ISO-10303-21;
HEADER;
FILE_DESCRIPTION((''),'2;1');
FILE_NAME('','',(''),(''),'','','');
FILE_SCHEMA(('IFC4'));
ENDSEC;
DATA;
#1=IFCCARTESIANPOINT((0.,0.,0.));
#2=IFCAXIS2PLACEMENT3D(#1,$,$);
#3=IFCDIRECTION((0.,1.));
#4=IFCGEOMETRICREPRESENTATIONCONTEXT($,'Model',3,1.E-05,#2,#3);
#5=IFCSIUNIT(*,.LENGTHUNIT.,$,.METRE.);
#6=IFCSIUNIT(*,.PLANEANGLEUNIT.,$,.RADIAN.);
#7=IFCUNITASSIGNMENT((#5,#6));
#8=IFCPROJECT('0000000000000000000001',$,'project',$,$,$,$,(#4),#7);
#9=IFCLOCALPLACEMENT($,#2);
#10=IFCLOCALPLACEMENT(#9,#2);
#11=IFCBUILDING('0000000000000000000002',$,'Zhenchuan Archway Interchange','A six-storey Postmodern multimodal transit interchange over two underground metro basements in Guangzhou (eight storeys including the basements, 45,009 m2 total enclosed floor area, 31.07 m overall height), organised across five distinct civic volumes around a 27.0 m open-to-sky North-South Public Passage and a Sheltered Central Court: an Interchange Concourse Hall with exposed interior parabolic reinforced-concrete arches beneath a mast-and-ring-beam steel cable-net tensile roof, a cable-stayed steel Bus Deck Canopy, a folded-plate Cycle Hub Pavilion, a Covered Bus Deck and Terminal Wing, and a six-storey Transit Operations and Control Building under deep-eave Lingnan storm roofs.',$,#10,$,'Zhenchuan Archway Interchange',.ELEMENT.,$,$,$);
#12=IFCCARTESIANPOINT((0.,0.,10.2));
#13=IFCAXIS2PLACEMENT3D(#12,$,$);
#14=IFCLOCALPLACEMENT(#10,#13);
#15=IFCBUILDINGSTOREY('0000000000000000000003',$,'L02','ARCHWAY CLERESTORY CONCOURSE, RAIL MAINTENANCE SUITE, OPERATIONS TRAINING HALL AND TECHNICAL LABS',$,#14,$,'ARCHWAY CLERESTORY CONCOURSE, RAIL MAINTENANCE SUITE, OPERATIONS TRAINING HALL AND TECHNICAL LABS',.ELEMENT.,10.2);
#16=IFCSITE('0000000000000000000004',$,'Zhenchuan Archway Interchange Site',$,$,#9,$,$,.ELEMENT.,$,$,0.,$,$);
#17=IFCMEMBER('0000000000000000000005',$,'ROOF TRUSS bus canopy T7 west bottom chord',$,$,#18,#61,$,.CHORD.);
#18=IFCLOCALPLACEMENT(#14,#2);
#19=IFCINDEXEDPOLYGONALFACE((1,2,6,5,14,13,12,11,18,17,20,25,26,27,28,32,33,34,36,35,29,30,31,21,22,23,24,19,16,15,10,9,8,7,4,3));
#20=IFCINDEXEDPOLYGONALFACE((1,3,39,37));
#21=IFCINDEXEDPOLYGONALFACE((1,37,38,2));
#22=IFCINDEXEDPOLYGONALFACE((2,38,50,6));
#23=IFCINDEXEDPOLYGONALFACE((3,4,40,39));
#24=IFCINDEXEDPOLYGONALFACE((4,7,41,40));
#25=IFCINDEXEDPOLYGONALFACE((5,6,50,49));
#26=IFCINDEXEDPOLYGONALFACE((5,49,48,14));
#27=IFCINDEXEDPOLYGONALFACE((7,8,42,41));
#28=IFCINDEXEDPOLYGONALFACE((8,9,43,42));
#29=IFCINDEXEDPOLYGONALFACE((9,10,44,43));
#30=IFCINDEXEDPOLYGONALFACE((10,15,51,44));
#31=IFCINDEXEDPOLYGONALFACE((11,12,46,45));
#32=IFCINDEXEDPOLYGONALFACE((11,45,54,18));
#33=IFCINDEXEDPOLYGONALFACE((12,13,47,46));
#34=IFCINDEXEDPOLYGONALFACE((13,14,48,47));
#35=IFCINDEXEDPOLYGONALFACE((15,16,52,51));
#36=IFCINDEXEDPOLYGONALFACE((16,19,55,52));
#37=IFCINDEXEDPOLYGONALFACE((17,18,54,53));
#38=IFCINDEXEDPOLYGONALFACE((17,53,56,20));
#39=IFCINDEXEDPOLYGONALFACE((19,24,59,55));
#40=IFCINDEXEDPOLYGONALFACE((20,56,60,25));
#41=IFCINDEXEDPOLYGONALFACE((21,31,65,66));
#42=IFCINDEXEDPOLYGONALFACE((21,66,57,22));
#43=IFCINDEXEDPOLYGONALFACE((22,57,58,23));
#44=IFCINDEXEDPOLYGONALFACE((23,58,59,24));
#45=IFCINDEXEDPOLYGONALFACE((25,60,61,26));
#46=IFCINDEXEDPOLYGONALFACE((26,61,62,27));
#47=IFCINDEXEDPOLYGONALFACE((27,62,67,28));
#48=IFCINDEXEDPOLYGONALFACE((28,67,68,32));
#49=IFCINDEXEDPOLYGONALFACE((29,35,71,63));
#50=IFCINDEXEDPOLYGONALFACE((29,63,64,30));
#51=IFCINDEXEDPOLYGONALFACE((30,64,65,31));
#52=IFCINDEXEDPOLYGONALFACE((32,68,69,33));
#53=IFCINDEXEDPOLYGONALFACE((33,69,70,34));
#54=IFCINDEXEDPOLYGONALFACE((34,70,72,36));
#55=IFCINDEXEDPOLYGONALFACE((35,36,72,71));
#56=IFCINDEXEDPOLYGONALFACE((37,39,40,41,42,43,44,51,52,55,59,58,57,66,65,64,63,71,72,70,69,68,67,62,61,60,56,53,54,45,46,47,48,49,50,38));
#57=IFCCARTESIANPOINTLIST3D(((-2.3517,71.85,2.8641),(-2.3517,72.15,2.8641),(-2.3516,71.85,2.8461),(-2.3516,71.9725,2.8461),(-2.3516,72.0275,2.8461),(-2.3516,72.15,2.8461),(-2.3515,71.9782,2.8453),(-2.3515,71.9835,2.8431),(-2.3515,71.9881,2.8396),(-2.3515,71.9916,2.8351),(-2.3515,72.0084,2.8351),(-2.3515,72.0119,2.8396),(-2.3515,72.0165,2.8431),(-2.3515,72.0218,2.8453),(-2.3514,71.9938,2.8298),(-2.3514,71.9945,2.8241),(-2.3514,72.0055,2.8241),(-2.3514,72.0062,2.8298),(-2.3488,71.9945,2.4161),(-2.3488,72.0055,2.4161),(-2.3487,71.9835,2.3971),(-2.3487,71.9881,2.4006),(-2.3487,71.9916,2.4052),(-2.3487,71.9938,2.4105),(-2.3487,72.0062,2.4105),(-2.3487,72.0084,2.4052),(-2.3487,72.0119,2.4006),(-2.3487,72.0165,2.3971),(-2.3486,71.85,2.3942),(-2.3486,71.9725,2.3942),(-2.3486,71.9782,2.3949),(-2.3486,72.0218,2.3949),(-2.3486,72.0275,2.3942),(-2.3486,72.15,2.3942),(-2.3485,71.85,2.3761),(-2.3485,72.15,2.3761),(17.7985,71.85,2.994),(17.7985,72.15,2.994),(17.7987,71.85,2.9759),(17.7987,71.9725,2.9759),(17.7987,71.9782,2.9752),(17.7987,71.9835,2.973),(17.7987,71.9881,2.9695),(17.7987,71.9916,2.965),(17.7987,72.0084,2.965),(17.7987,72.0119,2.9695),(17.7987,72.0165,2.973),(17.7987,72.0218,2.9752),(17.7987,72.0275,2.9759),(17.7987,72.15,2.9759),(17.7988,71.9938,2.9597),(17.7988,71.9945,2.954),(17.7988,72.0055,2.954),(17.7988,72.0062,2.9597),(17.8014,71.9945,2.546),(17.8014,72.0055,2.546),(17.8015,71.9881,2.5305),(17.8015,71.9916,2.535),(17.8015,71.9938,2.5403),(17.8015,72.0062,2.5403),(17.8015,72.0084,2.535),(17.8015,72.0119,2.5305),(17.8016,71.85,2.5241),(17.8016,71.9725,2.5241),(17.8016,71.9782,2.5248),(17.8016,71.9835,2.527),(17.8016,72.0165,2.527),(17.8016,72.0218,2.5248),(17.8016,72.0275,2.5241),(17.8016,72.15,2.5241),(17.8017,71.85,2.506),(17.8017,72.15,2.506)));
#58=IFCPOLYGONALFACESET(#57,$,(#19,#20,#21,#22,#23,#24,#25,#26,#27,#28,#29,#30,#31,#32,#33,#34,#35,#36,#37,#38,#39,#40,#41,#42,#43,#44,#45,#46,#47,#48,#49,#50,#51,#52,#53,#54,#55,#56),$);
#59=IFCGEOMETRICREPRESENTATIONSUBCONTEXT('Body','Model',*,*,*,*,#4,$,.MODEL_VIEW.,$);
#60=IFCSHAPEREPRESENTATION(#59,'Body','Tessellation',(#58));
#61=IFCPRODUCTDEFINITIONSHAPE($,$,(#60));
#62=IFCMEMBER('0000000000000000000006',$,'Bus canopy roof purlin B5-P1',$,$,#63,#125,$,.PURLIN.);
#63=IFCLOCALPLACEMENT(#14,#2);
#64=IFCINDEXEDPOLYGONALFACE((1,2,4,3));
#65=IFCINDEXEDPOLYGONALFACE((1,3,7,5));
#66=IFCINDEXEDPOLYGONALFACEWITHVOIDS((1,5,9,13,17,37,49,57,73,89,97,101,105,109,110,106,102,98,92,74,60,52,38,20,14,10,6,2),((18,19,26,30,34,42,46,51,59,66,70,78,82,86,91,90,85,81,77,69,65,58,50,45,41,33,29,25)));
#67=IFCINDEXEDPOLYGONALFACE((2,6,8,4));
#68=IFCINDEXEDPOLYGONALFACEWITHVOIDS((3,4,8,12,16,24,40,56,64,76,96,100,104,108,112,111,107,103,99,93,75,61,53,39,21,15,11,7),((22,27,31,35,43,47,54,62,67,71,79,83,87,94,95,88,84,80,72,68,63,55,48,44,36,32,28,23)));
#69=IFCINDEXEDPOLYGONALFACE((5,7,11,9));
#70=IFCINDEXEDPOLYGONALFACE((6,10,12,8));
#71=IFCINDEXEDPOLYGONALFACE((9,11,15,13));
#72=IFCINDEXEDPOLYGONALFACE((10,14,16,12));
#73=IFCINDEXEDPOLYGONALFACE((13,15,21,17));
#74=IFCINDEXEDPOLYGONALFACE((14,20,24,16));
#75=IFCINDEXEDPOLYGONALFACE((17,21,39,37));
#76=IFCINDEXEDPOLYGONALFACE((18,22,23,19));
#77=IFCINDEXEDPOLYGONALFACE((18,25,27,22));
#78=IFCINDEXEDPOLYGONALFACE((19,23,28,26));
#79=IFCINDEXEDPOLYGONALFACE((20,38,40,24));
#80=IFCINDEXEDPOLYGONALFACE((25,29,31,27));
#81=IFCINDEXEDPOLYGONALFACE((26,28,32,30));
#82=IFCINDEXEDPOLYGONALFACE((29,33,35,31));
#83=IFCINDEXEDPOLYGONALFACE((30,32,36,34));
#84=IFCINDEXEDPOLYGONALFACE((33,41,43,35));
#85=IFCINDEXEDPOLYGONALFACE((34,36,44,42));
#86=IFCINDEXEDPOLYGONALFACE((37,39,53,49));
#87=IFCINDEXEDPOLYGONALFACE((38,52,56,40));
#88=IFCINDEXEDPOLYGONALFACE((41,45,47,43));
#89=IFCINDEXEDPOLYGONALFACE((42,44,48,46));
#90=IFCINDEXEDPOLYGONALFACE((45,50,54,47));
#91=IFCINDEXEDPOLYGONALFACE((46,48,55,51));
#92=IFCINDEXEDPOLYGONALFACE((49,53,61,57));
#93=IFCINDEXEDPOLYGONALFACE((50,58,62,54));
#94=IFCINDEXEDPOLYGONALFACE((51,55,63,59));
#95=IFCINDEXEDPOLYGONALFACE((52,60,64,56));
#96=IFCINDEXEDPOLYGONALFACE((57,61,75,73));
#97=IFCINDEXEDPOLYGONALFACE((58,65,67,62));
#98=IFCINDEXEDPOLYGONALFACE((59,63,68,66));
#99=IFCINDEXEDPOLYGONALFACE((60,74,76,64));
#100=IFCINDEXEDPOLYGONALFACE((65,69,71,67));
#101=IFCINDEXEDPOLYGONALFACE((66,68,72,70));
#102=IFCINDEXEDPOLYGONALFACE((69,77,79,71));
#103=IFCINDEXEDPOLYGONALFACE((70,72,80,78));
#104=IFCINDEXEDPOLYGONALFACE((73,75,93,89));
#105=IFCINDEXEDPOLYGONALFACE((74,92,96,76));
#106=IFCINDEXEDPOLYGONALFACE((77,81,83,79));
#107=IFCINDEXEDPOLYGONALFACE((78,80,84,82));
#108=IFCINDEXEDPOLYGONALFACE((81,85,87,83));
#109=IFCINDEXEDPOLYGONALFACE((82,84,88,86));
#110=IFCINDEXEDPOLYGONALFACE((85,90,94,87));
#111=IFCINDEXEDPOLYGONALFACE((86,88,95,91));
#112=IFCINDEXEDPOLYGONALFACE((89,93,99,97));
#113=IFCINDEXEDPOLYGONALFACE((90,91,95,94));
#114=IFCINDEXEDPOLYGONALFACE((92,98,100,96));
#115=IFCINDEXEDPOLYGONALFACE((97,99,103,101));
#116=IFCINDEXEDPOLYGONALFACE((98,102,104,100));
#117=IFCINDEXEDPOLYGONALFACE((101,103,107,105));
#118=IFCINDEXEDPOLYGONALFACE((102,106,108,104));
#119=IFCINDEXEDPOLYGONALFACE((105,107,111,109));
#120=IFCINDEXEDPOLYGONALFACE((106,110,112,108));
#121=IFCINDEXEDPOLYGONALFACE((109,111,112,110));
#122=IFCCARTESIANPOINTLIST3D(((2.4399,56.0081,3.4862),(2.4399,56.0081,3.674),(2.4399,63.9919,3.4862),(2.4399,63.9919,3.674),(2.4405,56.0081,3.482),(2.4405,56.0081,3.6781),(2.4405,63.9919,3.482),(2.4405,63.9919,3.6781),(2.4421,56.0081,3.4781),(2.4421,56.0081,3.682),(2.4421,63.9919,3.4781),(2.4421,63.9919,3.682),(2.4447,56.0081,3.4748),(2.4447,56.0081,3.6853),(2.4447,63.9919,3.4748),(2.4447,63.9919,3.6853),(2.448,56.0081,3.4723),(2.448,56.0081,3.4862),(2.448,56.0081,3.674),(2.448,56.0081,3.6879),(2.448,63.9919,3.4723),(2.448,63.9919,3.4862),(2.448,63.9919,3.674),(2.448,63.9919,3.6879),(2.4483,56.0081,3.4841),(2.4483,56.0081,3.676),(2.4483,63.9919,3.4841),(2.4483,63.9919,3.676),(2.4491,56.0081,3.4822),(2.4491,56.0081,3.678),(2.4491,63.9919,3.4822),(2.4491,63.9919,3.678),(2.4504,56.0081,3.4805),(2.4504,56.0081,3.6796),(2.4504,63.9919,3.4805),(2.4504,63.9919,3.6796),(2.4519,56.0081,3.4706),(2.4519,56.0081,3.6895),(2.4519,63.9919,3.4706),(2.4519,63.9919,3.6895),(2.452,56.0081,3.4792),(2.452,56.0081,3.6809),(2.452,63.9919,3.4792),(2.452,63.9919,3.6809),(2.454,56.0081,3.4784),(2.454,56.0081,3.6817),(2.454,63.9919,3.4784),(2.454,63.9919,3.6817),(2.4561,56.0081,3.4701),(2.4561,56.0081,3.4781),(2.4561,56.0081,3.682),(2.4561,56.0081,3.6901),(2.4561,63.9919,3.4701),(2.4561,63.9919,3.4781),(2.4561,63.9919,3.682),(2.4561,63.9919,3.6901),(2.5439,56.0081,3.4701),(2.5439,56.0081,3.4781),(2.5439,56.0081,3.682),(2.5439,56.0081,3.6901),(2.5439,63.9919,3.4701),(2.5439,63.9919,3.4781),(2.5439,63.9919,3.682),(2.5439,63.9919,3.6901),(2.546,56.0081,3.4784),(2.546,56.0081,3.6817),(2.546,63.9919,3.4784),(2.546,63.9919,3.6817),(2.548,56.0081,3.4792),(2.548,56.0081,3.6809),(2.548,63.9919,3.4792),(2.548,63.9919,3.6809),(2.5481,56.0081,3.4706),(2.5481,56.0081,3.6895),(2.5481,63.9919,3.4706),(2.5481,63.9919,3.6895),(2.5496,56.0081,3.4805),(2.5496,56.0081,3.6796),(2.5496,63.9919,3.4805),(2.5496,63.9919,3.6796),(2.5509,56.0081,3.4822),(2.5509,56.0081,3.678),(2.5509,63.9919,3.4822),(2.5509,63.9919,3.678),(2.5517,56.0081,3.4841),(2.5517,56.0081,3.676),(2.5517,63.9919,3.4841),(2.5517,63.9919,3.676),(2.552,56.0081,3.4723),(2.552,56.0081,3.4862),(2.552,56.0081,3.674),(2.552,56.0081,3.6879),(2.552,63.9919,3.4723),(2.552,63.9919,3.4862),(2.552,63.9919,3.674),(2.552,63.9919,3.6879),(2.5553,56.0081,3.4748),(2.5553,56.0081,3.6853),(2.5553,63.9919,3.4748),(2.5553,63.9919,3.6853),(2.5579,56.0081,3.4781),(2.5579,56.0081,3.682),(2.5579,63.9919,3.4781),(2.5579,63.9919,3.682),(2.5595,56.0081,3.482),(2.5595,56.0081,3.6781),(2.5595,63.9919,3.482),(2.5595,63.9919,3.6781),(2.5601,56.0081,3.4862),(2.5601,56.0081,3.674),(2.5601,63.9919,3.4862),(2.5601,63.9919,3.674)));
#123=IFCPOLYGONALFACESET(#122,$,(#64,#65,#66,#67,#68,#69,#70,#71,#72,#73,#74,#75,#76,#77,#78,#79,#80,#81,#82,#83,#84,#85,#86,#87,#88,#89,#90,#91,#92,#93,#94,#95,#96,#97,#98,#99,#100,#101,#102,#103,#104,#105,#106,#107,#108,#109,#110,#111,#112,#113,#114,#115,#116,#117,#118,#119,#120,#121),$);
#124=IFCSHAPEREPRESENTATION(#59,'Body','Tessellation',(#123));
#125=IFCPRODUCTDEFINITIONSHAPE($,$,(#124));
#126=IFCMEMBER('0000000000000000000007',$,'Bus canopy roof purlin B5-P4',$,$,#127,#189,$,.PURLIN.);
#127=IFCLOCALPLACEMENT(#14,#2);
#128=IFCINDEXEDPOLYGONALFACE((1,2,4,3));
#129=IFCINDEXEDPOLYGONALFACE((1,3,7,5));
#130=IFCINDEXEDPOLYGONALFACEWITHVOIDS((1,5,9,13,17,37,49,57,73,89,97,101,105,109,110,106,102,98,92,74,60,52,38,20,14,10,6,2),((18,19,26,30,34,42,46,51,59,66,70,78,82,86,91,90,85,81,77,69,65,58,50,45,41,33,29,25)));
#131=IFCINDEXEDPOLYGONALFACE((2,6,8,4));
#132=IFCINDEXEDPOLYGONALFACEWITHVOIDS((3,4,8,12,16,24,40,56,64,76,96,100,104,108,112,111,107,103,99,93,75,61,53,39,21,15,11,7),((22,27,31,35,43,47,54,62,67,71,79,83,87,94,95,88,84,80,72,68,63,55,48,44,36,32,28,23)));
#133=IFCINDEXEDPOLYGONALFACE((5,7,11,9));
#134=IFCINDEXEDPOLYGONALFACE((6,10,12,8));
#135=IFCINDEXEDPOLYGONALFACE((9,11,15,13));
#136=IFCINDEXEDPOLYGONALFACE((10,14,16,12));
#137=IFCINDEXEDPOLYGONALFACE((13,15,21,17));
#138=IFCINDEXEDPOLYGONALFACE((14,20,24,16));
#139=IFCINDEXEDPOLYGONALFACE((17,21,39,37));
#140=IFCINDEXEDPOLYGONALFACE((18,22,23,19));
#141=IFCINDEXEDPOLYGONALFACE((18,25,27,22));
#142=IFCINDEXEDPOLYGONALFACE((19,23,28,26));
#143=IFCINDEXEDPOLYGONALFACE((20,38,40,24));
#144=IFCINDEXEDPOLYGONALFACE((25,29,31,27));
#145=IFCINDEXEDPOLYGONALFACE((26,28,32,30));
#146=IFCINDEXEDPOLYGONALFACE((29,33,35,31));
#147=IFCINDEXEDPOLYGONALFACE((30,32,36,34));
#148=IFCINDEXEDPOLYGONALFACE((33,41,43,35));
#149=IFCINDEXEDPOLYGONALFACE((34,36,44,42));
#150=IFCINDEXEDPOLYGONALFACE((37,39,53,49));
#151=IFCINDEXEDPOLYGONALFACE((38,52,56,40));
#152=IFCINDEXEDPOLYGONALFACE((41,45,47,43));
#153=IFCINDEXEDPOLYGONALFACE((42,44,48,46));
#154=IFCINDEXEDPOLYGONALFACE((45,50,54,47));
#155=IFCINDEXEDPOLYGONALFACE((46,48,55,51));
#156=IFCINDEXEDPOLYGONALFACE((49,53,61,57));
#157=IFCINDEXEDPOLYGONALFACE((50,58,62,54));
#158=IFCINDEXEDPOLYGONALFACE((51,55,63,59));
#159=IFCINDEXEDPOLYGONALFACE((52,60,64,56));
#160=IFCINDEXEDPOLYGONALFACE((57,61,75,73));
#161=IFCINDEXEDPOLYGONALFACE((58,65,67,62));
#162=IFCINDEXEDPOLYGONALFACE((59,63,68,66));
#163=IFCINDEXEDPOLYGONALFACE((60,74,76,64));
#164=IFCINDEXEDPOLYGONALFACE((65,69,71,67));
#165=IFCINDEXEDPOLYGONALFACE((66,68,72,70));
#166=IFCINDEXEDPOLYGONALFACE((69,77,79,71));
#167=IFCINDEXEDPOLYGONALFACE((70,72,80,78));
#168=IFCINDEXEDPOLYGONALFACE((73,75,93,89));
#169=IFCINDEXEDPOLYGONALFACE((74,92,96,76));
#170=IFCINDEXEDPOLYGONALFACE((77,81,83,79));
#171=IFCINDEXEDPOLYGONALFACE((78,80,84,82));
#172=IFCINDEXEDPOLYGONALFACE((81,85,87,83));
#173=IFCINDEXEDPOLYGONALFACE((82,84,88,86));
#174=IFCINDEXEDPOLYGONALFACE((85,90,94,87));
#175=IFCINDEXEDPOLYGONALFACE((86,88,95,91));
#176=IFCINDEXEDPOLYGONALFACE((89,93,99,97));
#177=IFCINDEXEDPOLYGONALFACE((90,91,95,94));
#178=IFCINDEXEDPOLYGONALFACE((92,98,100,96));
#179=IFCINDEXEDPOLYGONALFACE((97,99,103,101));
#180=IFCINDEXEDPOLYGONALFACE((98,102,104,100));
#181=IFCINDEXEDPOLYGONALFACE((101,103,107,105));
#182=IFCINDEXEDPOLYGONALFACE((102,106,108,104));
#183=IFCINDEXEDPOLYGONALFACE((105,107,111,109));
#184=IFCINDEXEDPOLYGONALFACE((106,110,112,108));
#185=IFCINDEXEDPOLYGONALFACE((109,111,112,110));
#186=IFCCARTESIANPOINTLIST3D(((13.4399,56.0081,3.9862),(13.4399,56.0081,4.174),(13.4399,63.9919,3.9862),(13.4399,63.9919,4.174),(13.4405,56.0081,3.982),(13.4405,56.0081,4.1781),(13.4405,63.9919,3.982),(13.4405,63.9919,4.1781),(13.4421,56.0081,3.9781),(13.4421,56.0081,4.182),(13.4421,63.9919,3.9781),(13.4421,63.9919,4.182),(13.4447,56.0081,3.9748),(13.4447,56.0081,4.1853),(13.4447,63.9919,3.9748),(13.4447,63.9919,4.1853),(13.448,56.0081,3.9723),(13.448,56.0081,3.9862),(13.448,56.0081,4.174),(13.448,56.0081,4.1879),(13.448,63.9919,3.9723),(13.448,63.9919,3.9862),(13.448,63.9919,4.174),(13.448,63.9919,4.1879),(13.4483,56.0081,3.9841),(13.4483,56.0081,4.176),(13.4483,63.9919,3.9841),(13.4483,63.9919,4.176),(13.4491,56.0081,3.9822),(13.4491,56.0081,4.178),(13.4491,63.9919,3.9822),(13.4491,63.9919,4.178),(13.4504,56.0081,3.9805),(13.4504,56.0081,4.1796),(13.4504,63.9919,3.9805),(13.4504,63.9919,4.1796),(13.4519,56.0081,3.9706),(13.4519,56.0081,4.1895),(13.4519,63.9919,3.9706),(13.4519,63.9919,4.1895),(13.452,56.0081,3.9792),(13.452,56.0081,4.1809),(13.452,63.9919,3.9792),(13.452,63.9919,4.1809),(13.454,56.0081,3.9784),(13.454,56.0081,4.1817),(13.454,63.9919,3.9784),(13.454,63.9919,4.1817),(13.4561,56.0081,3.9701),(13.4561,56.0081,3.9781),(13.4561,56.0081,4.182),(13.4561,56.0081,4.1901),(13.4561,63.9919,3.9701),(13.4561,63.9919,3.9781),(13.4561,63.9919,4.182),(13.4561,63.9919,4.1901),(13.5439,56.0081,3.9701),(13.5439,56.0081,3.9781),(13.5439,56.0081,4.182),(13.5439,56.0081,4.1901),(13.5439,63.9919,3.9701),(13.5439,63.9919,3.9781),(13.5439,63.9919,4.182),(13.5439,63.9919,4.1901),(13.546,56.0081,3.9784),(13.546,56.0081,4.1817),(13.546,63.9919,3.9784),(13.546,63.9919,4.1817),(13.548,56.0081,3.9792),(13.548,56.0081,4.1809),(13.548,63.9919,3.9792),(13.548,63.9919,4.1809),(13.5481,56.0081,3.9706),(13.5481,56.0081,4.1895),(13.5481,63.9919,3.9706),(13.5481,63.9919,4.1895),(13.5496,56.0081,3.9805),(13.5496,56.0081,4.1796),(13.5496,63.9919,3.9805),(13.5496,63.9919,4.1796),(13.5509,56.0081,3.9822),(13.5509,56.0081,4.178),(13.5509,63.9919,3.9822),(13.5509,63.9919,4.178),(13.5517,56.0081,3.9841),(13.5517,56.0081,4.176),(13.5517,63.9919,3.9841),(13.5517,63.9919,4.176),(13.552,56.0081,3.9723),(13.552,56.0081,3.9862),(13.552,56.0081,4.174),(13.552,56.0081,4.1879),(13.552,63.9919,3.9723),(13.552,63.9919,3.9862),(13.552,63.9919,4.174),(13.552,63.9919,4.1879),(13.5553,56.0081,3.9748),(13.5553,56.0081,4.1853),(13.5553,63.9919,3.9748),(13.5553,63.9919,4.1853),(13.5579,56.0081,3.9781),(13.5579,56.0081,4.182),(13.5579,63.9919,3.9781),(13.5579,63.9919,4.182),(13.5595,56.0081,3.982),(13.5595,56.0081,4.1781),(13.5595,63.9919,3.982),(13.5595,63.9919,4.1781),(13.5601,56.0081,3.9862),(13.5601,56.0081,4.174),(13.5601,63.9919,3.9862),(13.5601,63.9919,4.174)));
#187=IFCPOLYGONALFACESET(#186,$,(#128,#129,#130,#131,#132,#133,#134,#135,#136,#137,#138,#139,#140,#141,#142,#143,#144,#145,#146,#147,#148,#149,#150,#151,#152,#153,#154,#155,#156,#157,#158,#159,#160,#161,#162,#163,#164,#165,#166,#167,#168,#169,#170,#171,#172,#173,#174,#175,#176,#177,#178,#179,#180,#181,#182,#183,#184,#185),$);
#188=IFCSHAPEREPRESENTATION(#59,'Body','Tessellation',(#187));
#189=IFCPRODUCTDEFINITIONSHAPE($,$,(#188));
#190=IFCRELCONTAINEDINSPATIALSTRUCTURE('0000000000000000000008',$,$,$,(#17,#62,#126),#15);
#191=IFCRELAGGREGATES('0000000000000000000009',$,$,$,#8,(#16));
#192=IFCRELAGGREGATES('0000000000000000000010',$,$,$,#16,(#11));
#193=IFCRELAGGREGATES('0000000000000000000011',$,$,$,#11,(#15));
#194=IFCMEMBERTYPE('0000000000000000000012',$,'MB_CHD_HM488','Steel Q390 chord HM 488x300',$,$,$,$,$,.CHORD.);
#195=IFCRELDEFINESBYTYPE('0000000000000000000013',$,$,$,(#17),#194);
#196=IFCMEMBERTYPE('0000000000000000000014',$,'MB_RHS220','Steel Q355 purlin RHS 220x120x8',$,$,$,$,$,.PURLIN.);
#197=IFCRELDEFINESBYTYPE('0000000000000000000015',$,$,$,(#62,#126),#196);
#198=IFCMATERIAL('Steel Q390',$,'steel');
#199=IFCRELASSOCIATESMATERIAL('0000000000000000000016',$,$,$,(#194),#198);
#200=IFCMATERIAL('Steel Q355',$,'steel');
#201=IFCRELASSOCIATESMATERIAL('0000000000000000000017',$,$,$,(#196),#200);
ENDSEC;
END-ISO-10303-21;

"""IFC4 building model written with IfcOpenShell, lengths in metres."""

from ifc_helpers import new_model, si_unit, direction, frame, origin, origin_2d, place, context, subcontext, project, spatial, hollow_rectangle, i_section, extrude, material, material_profile, profile_set, type_object, element, save


model = new_model("IFC4")

# Units and contexts
model_context = context("Model", 3, precision=1e-05, world=origin(), true_north=direction((0.0, 1.0)))
body_context = subcontext(model_context, "Body", "Model", "MODEL_VIEW")
ifc_project = project(units=[si_unit("LENGTHUNIT", "METRE"), si_unit("PLANEANGLEUNIT", "RADIAN")], contexts=[model_context])

# Site, building, storey
site_placement = place(None, origin())
site = spatial("IfcSite", under=ifc_project, at=site_placement, Name="Zhenchuan Archway Interchange Site", CompositionType="ELEMENT", RefElevation=0.0)
building_placement = place(site_placement, origin())
building = spatial("IfcBuilding", under=site, at=building_placement, Name="Zhenchuan Archway Interchange", Description="A six-storey Postmodern multimodal transit interchange over two underground metro basements in Guangzhou (eight storeys including the basements, 45,009 m2 total enclosed floor area, 31.07 m overall height), organised across five distinct civic volumes around a 27.0 m open-to-sky North-South Public Passage and a Sheltered Central Court: an Interchange Concourse Hall with exposed interior parabolic reinforced-concrete arches beneath a mast-and-ring-beam steel cable-net tensile roof, a cable-stayed steel Bus Deck Canopy, a folded-plate Cycle Hub Pavilion, a Covered Bus Deck and Terminal Wing, and a six-storey Transit Operations and Control Building under deep-eave Lingnan storm roofs.", LongName="Zhenchuan Archway Interchange", CompositionType="ELEMENT")
storey_placement = place(building_placement, frame((0.0, 0.0, 10.2)))
storey = spatial("IfcBuildingStorey", under=building, at=storey_placement, Name="L02", Description="ARCHWAY CLERESTORY CONCOURSE, RAIL MAINTENANCE SUITE, OPERATIONS TRAINING HALL AND TECHNICAL LABS", LongName="ARCHWAY CLERESTORY CONCOURSE, RAIL MAINTENANCE SUITE, OPERATIONS TRAINING HALL AND TECHNICAL LABS", CompositionType="ELEMENT", Elevation=10.2)

# Shared definitions
ifc_material_1 = material(Name="Steel Q390", Category="steel")

# Shared definitions
ifc_material_2 = material(Name="Steel Q355", Category="steel")

# Members
ifc_material_profile_1 = material_profile(ifc_material_1, i_section(OverallWidth=0.3, OverallDepth=0.488, WebThickness=0.011, FlangeThickness=0.0181, FilletRadius=0.022, at=origin_2d()), Name="HM 488x300")
ifc_profile_set_1 = profile_set([ifc_material_profile_1], Name="Steel Q390")
member_type_1 = type_object("IfcMemberType", Name="MB_CHD_HM488", Description="Steel Q390 chord HM 488x300", PredefinedType="CHORD", material=ifc_profile_set_1)
for number, where, z_axis, x_axis, name in (
    (1, (-2.3501, 72.0, 2.6201), (0.999979, 0.0, 0.006446), (0.0, 1.0, 0.0), "ROOF TRUSS bus canopy T7 west bottom chord"),
):
    element("IfcMember", number, at=place(storey_placement, frame(where, z_axis=z_axis, x_axis=x_axis)), inside=storey, type_object=member_type_1, Name=name, PredefinedType="CHORD", context=body_context, shape_type="SweptSolid", body=[
        extrude(i_section(OverallWidth=0.3, OverallDepth=0.488, WebThickness=0.011, FlangeThickness=0.0181, FilletRadius=0.022, at=origin_2d()), origin(), (0.0, 0.0, 1.0), 20.1506),
    ])
ifc_material_profile_2 = material_profile(ifc_material_2, hollow_rectangle(XDim=0.1201, YDim=0.22, WallThickness=0.0081, InnerFilletRadius=0.0081, OuterFilletRadius=0.0161, at=origin_2d()), Name="RHS 220x120x8")
ifc_profile_set_2 = profile_set([ifc_material_profile_2], Name="Steel Q355")
member_type_2 = type_object("IfcMemberType", Name="MB_RHS220", Description="Steel Q355 purlin RHS 220x120x8", PredefinedType="PURLIN", material=ifc_profile_set_2)
for number, where, z_axis, x_axis, name in (
    (2, (2.5, 56.0081, 3.5801), (0.0, 1.0, 0.0), (-1.0, 0.0, 0.0), "Bus canopy roof purlin B5-P1"),
    (3, (13.5, 56.0081, 4.0801), (0.0, 1.0, 0.0), (-1.0, 0.0, 0.0), "Bus canopy roof purlin B5-P4"),
):
    element("IfcMember", number, at=place(storey_placement, frame(where, z_axis=z_axis, x_axis=x_axis)), inside=storey, type_object=member_type_2, Name=name, PredefinedType="PURLIN", context=body_context, shape_type="SweptSolid", body=[
        extrude(hollow_rectangle(XDim=0.1201, YDim=0.22, WallThickness=0.0081, InnerFilletRadius=0.0081, OuterFilletRadius=0.0161, at=origin_2d()), origin(), (0.0, 0.0, 1.0), 7.9839),
    ])

save(model, "model.ifc")
